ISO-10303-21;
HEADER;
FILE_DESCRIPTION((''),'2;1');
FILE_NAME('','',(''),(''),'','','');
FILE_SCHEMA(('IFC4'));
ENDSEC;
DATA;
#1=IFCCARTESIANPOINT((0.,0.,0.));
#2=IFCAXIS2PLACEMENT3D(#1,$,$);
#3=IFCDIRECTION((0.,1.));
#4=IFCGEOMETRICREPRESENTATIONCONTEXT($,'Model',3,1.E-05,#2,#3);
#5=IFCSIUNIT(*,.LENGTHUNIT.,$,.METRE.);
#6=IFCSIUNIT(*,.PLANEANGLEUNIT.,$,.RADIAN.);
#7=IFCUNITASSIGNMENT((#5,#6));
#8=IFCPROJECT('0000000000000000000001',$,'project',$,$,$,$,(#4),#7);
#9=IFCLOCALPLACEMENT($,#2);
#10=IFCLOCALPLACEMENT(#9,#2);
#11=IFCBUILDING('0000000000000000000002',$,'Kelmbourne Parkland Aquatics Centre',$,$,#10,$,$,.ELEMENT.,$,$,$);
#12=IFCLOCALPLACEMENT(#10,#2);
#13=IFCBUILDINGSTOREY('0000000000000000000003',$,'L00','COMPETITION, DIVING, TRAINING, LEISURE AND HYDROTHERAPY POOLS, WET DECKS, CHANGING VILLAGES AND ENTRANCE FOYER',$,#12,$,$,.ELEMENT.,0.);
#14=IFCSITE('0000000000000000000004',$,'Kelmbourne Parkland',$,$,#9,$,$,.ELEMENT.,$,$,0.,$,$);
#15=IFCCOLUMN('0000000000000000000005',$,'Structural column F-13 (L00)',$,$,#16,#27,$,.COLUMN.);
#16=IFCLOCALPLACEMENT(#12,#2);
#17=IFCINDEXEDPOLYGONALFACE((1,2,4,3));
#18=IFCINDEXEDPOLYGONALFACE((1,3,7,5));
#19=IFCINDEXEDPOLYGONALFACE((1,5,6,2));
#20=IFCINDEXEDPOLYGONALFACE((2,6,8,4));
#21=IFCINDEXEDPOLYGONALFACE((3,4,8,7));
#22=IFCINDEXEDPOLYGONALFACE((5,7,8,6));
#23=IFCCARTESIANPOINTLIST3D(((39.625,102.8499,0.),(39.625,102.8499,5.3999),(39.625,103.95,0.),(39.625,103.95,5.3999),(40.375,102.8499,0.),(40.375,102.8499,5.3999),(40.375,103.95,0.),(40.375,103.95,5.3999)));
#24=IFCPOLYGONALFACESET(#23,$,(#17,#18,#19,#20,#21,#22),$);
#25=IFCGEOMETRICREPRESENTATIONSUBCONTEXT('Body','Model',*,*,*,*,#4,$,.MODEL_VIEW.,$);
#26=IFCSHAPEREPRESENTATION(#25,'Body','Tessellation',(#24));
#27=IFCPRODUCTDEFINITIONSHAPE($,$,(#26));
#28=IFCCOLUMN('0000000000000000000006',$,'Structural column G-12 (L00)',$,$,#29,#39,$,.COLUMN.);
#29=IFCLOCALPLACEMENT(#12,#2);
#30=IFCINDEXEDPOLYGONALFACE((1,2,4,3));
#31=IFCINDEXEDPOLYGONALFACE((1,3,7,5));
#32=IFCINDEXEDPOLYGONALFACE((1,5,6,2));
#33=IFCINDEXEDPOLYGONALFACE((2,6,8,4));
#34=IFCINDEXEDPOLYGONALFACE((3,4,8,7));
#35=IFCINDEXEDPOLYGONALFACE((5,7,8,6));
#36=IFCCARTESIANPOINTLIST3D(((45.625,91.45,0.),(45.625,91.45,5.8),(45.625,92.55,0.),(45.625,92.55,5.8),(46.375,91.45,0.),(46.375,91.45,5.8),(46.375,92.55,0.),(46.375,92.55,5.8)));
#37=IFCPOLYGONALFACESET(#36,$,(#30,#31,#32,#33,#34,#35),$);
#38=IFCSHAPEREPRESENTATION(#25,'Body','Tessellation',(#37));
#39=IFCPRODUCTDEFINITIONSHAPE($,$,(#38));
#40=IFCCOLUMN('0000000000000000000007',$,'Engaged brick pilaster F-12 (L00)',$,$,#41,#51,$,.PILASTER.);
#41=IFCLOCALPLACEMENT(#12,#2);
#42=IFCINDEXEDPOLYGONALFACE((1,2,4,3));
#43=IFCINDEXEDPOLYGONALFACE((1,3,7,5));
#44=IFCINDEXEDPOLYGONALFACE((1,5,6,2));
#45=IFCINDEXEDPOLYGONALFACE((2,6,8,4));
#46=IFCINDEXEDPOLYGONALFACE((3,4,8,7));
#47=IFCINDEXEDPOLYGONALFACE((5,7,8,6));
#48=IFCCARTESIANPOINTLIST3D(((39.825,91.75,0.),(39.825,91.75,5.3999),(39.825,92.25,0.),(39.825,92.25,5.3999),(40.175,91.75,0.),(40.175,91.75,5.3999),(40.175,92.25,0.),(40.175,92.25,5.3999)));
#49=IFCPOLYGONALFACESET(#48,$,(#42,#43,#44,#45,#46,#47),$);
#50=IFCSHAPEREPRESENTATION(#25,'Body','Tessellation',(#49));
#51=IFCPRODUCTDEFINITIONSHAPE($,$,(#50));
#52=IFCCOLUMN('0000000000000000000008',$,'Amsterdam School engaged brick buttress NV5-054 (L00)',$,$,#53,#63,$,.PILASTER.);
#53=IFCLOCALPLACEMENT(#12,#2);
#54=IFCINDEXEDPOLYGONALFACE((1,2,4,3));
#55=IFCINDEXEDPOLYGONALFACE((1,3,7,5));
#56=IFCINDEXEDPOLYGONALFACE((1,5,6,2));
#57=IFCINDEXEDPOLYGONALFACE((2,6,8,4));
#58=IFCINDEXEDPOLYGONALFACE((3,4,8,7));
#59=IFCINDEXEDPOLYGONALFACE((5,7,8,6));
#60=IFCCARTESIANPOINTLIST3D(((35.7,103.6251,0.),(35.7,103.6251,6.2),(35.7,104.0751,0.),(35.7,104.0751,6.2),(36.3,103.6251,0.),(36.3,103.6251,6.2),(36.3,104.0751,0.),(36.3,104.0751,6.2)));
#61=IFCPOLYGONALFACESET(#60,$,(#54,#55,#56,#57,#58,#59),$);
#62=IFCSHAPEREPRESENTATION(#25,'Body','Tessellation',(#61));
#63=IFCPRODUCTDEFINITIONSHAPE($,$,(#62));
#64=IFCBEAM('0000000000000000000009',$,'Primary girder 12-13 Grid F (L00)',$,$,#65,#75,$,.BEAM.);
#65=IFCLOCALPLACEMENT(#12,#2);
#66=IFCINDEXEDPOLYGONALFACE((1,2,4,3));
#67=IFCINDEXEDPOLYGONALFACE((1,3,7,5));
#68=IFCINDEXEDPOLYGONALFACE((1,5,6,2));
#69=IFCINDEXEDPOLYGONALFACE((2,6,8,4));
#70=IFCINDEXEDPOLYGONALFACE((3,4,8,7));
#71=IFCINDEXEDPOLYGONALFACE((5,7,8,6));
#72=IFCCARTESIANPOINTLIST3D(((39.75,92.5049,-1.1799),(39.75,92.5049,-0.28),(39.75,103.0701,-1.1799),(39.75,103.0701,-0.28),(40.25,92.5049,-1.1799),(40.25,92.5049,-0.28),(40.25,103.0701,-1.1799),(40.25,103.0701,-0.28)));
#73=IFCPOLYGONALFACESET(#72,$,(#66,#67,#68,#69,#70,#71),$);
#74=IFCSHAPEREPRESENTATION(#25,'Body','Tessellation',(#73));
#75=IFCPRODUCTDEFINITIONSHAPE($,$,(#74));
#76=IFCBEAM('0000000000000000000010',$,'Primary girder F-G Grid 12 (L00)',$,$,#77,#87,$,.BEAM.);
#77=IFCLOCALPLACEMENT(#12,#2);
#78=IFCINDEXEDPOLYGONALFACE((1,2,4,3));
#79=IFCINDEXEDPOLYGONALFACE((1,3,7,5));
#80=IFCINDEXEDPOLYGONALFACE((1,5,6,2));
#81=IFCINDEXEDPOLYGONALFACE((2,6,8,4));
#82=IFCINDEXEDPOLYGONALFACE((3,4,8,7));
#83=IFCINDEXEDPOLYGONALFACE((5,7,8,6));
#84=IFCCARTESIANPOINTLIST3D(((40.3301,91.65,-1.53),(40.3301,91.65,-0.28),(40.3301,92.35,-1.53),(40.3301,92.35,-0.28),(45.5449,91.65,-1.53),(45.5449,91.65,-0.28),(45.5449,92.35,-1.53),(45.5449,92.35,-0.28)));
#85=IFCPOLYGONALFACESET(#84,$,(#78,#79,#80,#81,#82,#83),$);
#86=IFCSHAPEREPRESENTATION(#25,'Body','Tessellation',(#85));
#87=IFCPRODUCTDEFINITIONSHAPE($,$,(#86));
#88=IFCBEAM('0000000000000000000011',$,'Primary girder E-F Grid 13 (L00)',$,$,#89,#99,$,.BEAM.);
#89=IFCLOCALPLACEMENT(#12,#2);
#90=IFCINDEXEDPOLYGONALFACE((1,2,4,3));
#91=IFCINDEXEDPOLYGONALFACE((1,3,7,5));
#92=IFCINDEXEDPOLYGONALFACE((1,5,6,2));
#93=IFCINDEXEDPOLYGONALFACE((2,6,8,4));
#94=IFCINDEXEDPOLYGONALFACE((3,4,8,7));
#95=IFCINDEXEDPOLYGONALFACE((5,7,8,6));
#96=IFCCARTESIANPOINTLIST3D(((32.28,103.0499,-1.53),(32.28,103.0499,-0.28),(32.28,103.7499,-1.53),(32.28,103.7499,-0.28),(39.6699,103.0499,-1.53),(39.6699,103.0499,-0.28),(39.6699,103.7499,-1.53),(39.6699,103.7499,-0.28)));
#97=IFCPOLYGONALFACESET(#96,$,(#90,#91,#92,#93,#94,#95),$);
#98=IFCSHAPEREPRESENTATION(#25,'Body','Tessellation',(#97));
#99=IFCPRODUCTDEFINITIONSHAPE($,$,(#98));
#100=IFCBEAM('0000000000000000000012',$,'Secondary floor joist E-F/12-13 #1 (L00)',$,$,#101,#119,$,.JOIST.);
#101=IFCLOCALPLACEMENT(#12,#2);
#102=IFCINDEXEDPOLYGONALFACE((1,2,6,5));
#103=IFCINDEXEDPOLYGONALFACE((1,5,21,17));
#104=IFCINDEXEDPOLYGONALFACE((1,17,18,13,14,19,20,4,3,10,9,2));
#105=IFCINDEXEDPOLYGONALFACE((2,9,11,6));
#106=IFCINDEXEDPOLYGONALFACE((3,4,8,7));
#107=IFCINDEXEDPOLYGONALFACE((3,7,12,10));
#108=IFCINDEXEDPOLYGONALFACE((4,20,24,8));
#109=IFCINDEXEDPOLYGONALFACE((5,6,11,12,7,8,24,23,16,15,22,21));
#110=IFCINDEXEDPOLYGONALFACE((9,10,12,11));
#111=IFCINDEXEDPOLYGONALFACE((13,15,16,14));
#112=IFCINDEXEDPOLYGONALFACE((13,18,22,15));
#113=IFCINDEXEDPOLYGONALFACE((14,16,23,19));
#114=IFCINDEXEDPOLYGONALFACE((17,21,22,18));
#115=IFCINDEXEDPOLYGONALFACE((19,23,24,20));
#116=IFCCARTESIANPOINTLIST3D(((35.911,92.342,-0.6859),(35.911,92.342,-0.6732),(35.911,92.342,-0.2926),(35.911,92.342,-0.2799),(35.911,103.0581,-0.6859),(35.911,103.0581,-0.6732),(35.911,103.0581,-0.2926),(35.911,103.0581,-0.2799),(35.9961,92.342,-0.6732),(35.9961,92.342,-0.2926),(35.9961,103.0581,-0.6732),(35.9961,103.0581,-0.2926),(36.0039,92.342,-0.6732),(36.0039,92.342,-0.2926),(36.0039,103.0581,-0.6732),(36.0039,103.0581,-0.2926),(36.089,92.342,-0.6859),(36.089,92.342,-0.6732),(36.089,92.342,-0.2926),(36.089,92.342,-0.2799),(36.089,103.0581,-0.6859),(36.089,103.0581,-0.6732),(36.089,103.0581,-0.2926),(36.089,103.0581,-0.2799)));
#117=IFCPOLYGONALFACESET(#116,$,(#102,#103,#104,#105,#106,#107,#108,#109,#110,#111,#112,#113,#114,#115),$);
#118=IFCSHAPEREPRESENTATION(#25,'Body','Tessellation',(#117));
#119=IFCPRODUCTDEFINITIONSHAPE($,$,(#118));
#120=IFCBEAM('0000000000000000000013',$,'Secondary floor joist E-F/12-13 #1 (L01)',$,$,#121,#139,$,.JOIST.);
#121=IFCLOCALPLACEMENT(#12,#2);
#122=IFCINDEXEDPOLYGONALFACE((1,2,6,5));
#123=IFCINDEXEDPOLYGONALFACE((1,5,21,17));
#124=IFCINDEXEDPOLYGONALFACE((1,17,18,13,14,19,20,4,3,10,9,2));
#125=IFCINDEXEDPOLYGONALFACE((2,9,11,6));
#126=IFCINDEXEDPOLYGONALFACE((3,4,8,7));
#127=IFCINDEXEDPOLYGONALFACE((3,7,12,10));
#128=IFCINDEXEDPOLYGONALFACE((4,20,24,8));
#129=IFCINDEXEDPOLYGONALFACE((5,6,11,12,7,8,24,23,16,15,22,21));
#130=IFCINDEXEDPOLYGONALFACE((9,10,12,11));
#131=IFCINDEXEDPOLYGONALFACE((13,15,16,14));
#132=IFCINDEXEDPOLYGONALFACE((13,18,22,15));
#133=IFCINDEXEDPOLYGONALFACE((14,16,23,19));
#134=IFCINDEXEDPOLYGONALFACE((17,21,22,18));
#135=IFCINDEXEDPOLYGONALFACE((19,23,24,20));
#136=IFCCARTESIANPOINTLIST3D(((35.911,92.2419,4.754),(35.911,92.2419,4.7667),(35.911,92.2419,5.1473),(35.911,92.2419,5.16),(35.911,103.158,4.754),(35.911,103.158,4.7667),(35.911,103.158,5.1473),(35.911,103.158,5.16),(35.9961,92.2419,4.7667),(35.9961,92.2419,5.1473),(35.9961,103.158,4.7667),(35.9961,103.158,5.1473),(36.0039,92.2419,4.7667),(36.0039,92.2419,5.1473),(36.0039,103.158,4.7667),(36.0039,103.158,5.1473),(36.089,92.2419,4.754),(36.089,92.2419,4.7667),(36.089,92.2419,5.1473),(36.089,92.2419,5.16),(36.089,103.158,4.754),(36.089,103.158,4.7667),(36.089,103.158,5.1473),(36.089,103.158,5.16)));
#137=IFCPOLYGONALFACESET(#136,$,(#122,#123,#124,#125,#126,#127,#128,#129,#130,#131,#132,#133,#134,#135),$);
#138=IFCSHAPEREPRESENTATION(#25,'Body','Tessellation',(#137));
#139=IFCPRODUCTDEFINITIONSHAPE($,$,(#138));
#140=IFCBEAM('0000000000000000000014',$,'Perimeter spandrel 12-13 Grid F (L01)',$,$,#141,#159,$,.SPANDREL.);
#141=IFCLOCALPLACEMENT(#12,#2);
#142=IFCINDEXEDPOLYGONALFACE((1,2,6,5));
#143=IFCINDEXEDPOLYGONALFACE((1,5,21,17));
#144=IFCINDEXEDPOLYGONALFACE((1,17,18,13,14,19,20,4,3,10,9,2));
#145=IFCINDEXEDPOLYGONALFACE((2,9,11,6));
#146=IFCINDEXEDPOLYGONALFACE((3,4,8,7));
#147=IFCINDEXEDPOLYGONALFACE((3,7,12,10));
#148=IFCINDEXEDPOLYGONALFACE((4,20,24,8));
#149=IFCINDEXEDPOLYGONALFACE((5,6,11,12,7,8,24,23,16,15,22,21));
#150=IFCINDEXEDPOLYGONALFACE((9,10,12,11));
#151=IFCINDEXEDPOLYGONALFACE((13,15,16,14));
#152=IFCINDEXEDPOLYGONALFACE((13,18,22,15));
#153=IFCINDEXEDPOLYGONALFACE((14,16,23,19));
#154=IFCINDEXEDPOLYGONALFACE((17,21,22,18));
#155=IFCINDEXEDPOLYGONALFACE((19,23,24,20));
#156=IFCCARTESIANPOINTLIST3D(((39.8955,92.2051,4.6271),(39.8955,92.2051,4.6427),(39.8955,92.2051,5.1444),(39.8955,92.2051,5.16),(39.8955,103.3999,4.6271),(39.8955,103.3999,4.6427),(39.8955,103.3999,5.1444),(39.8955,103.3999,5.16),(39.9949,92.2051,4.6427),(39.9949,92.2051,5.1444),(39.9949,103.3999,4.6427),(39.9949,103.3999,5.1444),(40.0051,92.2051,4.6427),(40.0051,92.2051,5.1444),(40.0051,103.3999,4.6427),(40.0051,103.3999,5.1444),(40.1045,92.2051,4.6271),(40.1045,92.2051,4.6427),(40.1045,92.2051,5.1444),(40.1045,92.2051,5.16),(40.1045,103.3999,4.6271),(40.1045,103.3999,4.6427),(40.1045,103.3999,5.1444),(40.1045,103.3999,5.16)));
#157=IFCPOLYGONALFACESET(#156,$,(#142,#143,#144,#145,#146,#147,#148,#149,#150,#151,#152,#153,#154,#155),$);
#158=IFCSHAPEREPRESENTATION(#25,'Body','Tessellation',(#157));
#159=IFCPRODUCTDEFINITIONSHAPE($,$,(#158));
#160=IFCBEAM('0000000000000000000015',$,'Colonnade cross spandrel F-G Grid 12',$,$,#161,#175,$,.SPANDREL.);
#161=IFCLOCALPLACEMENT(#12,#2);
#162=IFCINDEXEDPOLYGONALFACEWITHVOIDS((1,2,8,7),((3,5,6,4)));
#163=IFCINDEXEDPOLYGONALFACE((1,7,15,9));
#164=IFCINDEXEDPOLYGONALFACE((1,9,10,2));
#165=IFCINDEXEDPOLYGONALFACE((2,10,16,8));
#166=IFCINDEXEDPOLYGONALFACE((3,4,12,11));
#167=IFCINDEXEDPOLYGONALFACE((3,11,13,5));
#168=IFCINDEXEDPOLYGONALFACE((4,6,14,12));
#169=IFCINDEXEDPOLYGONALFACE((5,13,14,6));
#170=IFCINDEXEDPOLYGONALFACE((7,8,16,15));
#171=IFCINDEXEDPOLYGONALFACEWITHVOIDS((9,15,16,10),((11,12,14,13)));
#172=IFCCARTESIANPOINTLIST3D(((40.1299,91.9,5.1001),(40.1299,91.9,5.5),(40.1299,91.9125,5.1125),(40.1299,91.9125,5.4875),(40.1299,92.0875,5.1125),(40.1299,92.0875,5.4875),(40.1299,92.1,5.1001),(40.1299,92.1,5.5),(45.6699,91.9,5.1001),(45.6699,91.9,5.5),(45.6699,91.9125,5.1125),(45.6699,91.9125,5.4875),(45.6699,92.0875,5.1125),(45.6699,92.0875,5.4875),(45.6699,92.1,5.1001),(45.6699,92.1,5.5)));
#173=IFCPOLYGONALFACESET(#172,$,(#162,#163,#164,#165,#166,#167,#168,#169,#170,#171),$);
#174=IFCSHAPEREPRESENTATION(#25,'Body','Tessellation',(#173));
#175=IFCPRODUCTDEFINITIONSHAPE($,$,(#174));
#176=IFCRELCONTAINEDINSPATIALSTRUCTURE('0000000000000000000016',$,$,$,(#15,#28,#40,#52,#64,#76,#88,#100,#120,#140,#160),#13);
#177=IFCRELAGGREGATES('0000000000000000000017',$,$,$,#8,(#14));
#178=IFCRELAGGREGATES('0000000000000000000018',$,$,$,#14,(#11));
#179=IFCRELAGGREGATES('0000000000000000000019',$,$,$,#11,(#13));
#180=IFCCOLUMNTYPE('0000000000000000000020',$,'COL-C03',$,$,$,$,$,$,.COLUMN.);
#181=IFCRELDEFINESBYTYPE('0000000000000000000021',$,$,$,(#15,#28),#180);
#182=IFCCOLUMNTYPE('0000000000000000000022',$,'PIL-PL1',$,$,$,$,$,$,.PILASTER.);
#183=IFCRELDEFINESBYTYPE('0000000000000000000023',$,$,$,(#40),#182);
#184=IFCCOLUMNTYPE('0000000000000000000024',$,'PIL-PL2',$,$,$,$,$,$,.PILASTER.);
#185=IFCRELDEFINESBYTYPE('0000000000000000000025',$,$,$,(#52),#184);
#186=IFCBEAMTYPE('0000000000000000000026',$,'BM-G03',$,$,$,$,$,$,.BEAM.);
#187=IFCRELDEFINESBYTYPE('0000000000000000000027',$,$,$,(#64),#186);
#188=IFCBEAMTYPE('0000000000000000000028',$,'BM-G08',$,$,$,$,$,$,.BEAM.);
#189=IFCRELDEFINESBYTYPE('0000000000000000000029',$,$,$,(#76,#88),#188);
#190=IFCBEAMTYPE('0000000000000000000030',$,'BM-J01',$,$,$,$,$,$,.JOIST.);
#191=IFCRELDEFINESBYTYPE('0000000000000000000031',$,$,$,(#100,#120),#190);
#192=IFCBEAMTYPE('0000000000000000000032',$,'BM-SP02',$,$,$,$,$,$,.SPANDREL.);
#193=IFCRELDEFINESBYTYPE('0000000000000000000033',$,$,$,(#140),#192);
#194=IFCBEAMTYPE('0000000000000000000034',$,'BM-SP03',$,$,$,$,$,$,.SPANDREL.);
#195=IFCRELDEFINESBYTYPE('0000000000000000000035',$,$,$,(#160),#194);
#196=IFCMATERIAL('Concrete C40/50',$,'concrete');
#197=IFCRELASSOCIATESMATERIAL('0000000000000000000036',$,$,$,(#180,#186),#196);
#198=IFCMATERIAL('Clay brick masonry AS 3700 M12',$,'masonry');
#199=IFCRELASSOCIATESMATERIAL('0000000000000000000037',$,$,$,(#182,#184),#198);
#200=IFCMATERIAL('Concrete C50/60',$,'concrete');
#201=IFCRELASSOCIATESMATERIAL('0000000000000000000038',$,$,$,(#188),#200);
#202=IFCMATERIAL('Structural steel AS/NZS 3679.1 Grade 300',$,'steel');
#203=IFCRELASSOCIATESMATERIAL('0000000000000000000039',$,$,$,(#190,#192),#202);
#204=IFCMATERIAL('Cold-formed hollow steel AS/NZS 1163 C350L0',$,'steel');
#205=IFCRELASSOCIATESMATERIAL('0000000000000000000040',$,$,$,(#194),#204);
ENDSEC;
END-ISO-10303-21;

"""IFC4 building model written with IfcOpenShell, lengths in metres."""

from ifc_helpers import new_model, si_unit, direction, frame, origin, origin_2d, place, context, subcontext, project, spatial, rectangle, hollow_rectangle, i_section, extrude, material, material_profile, profile_set, type_object, element, save


model = new_model("IFC4")

# Units and contexts
model_context = context("Model", 3, precision=1e-05, world=origin(), true_north=direction((0.0, 1.0)))
body_context = subcontext(model_context, "Body", "Model", "MODEL_VIEW")
ifc_project = project(units=[si_unit("LENGTHUNIT", "METRE"), si_unit("PLANEANGLEUNIT", "RADIAN")], contexts=[model_context])

# Site, building, storey
site_placement = place(None, origin())
site = spatial("IfcSite", under=ifc_project, at=site_placement, Name="Kelmbourne Parkland", CompositionType="ELEMENT", RefElevation=0.0)
building_placement = place(site_placement, origin())
building = spatial("IfcBuilding", under=site, at=building_placement, Name="Kelmbourne Parkland Aquatics Centre", CompositionType="ELEMENT")
storey_placement = place(building_placement, origin())
storey = spatial("IfcBuildingStorey", under=building, at=storey_placement, Name="L00", Description="COMPETITION, DIVING, TRAINING, LEISURE AND HYDROTHERAPY POOLS, WET DECKS, CHANGING VILLAGES AND ENTRANCE FOYER", CompositionType="ELEMENT", Elevation=0.0)

# Columns
ifc_material_1 = material(Name="Concrete C40/50", Category="concrete")
ifc_material_profile_1 = material_profile(ifc_material_1, rectangle(XDim=0.75, YDim=1.1001, at=origin_2d()), Name="RC 750x1100")
ifc_profile_set_1 = profile_set([ifc_material_profile_1], Name="Concrete C40/50")
column_type_1 = type_object("IfcColumnType", Name="COL-C03", PredefinedType="COLUMN", material=ifc_profile_set_1)
column_1_placement = place(storey_placement, frame((40.0, 103.3999, 0.0), z_axis=(0.0, 0.0, 1.0), x_axis=(1.0, 0.0, 0.0)))
element("IfcColumn", 1, at=column_1_placement, inside=storey, type_object=column_type_1, Name="Structural column F-13 (L00)", PredefinedType="COLUMN", context=body_context, shape_type="SweptSolid", body=[
    extrude(rectangle(XDim=0.75, YDim=1.1001, at=origin_2d()), origin(), (0.0, 0.0, 1.0), 5.3999),
])
column_2_placement = place(storey_placement, frame((46.0, 92.0, 0.0), z_axis=(0.0, 0.0, 1.0), x_axis=(1.0, 0.0, 0.0)))
element("IfcColumn", 2, at=column_2_placement, inside=storey, type_object=column_type_1, Name="Structural column G-12 (L00)", PredefinedType="COLUMN", context=body_context, shape_type="SweptSolid", body=[
    extrude(rectangle(XDim=0.75, YDim=1.1001, at=origin_2d()), origin(), (0.0, 0.0, 1.0), 5.8),
])
ifc_material_2 = material(Name="Clay brick masonry AS 3700 M12", Category="masonry")
ifc_material_profile_2 = material_profile(ifc_material_2, rectangle(XDim=0.3501, YDim=0.5, at=origin_2d()), Name="PIL 350x500")
ifc_profile_set_2 = profile_set([ifc_material_profile_2], Name="Clay brick masonry AS 3700 M12")
column_type_2 = type_object("IfcColumnType", Name="PIL-PL1", PredefinedType="PILASTER", material=ifc_profile_set_2)
column_3_placement = place(storey_placement, frame((40.0, 92.0, 0.0), z_axis=(0.0, 0.0, 1.0), x_axis=(1.0, 0.0, 0.0)))
element("IfcColumn", 3, at=column_3_placement, inside=storey, type_object=column_type_2, Name="Engaged brick pilaster F-12 (L00)", PredefinedType="PILASTER", context=body_context, shape_type="SweptSolid", body=[
    extrude(rectangle(XDim=0.3501, YDim=0.5, at=origin_2d()), origin(), (0.0, 0.0, 1.0), 5.3999),
])
ifc_material_profile_3 = material_profile(ifc_material_2, rectangle(XDim=0.45, YDim=0.6001, at=origin_2d()), Name="PIL 450x600")
ifc_profile_set_3 = profile_set([ifc_material_profile_3], Name="Clay brick masonry AS 3700 M12")
column_type_3 = type_object("IfcColumnType", Name="PIL-PL2", PredefinedType="PILASTER", material=ifc_profile_set_3)
column_4_placement = place(storey_placement, frame((36.0, 103.8501, 0.0), z_axis=(0.0, 0.0, 1.0), x_axis=(0.0, 1.0, 0.0)))
element("IfcColumn", 4, at=column_4_placement, inside=storey, type_object=column_type_3, Name="Amsterdam School engaged brick buttress NV5-054 (L00)", PredefinedType="PILASTER", context=body_context, shape_type="SweptSolid", body=[
    extrude(rectangle(XDim=0.45, YDim=0.6001, at=origin_2d()), origin(), (0.0, 0.0, 1.0), 6.2),
])

# Beams
ifc_material_profile_4 = material_profile(ifc_material_1, rectangle(XDim=0.5, YDim=0.8999, at=origin_2d()), Name="RC 500x900")
ifc_profile_set_4 = profile_set([ifc_material_profile_4], Name="Concrete C40/50")
beam_type_1 = type_object("IfcBeamType", Name="BM-G03", PredefinedType="BEAM", material=ifc_profile_set_4)
beam_1_placement = place(storey_placement, frame((40.0, 92.5049, -0.73), z_axis=(0.0, 1.0, 0.0), x_axis=(-1.0, 0.0, 0.0)))
element("IfcBeam", 5, at=beam_1_placement, inside=storey, type_object=beam_type_1, Name="Primary girder 12-13 Grid F (L00)", PredefinedType="BEAM", context=body_context, shape_type="SweptSolid", body=[
    extrude(rectangle(XDim=0.5, YDim=0.8999, at=origin_2d()), origin(), (0.0, 0.0, 1.0), 10.5652),
])
ifc_material_3 = material(Name="Concrete C50/60", Category="concrete")
ifc_material_profile_5 = material_profile(ifc_material_3, rectangle(XDim=0.7, YDim=1.25, at=origin_2d()), Name="RC 700x1250")
ifc_profile_set_5 = profile_set([ifc_material_profile_5], Name="Concrete C50/60")
beam_type_2 = type_object("IfcBeamType", Name="BM-G08", PredefinedType="BEAM", material=ifc_profile_set_5)
beam_2_placement = place(storey_placement, frame((40.3301, 92.0, -0.905), z_axis=(1.0, 0.0, 0.0), x_axis=(0.0, 1.0, 0.0)))
element("IfcBeam", 6, at=beam_2_placement, inside=storey, type_object=beam_type_2, Name="Primary girder F-G Grid 12 (L00)", PredefinedType="BEAM", context=body_context, shape_type="SweptSolid", body=[
    extrude(rectangle(XDim=0.7, YDim=1.25, at=origin_2d()), origin(), (0.0, 0.0, 1.0), 5.2148),
])
beam_3_placement = place(storey_placement, frame((32.28, 103.3999, -0.905), z_axis=(1.0, 0.0, 0.0), x_axis=(0.0, 1.0, 0.0)))
element("IfcBeam", 7, at=beam_3_placement, inside=storey, type_object=beam_type_2, Name="Primary girder E-F Grid 13 (L00)", PredefinedType="BEAM", context=body_context, shape_type="SweptSolid", body=[
    extrude(rectangle(XDim=0.7, YDim=1.25, at=origin_2d()), origin(), (0.0, 0.0, 1.0), 7.3899),
])
ifc_material_4 = material(Name="Structural steel AS/NZS 3679.1 Grade 300", Category="steel")
ifc_material_profile_6 = material_profile(ifc_material_4, i_section(OverallWidth=0.178, OverallDepth=0.406, WebThickness=0.0078, FlangeThickness=0.0127, at=origin_2d()), Name="410UB59.7")
ifc_profile_set_6 = profile_set([ifc_material_profile_6], Name="Structural steel AS/NZS 3679.1 Grade 300")
beam_type_3 = type_object("IfcBeamType", Name="BM-J01", PredefinedType="JOIST", material=ifc_profile_set_6)
beam_4_placement = place(storey_placement, frame((36.0, 92.342, -0.4829), z_axis=(0.0, 1.0, 0.0), x_axis=(-1.0, 0.0, 0.0)))
element("IfcBeam", 8, at=beam_4_placement, inside=storey, type_object=beam_type_3, Name="Secondary floor joist E-F/12-13 #1 (L00)", PredefinedType="JOIST", context=body_context, shape_type="SweptSolid", body=[
    extrude(i_section(OverallWidth=0.178, OverallDepth=0.406, WebThickness=0.0078, FlangeThickness=0.0127, at=origin_2d()), origin(), (0.0, 0.0, 1.0), 10.7161),
])
beam_5_placement = place(storey_placement, frame((36.0, 92.2419, 4.957), z_axis=(0.0, 1.0, 0.0), x_axis=(-1.0, 0.0, 0.0)))
element("IfcBeam", 9, at=beam_5_placement, inside=storey, type_object=beam_type_3, Name="Secondary floor joist E-F/12-13 #1 (L01)", PredefinedType="JOIST", context=body_context, shape_type="SweptSolid", body=[
    extrude(i_section(OverallWidth=0.178, OverallDepth=0.406, WebThickness=0.0078, FlangeThickness=0.0127, at=origin_2d()), origin(), (0.0, 0.0, 1.0), 10.916),
])
ifc_material_profile_7 = material_profile(ifc_material_4, i_section(OverallWidth=0.209, OverallDepth=0.533, WebThickness=0.0103, FlangeThickness=0.0156, at=origin_2d()), Name="530UB92.4")
ifc_profile_set_7 = profile_set([ifc_material_profile_7], Name="Structural steel AS/NZS 3679.1 Grade 300")
beam_type_4 = type_object("IfcBeamType", Name="BM-SP02", PredefinedType="SPANDREL", material=ifc_profile_set_7)
beam_6_placement = place(storey_placement, frame((40.0, 92.2051, 4.8936), z_axis=(0.0, 1.0, 0.0), x_axis=(-1.0, 0.0, 0.0)))
element("IfcBeam", 10, at=beam_6_placement, inside=storey, type_object=beam_type_4, Name="Perimeter spandrel 12-13 Grid F (L01)", PredefinedType="SPANDREL", context=body_context, shape_type="SweptSolid", body=[
    extrude(i_section(OverallWidth=0.209, OverallDepth=0.533, WebThickness=0.0103, FlangeThickness=0.0156, at=origin_2d()), origin(), (0.0, 0.0, 1.0), 11.1948),
])
ifc_material_5 = material(Name="Cold-formed hollow steel AS/NZS 1163 C350L0", Category="steel")
ifc_material_profile_8 = material_profile(ifc_material_5, hollow_rectangle(XDim=0.2, YDim=0.3999, WallThickness=0.0125, at=origin_2d()), Name="RHS 400x200x12.5")
ifc_profile_set_8 = profile_set([ifc_material_profile_8], Name="Cold-formed hollow steel AS/NZS 1163 C350L0")
beam_type_5 = type_object("IfcBeamType", Name="BM-SP03", PredefinedType="SPANDREL", material=ifc_profile_set_8)
beam_7_placement = place(storey_placement, frame((40.1299, 92.0, 5.3), z_axis=(1.0, 0.0, 0.0), x_axis=(0.0, 1.0, 0.0)))
element("IfcBeam", 11, at=beam_7_placement, inside=storey, type_object=beam_type_5, Name="Colonnade cross spandrel F-G Grid 12", PredefinedType="SPANDREL", context=body_context, shape_type="SweptSolid", body=[
    extrude(hollow_rectangle(XDim=0.2, YDim=0.3999, WallThickness=0.0125, at=origin_2d()), origin(), (0.0, 0.0, 1.0), 5.54),
])

save(model, "model.ifc")
